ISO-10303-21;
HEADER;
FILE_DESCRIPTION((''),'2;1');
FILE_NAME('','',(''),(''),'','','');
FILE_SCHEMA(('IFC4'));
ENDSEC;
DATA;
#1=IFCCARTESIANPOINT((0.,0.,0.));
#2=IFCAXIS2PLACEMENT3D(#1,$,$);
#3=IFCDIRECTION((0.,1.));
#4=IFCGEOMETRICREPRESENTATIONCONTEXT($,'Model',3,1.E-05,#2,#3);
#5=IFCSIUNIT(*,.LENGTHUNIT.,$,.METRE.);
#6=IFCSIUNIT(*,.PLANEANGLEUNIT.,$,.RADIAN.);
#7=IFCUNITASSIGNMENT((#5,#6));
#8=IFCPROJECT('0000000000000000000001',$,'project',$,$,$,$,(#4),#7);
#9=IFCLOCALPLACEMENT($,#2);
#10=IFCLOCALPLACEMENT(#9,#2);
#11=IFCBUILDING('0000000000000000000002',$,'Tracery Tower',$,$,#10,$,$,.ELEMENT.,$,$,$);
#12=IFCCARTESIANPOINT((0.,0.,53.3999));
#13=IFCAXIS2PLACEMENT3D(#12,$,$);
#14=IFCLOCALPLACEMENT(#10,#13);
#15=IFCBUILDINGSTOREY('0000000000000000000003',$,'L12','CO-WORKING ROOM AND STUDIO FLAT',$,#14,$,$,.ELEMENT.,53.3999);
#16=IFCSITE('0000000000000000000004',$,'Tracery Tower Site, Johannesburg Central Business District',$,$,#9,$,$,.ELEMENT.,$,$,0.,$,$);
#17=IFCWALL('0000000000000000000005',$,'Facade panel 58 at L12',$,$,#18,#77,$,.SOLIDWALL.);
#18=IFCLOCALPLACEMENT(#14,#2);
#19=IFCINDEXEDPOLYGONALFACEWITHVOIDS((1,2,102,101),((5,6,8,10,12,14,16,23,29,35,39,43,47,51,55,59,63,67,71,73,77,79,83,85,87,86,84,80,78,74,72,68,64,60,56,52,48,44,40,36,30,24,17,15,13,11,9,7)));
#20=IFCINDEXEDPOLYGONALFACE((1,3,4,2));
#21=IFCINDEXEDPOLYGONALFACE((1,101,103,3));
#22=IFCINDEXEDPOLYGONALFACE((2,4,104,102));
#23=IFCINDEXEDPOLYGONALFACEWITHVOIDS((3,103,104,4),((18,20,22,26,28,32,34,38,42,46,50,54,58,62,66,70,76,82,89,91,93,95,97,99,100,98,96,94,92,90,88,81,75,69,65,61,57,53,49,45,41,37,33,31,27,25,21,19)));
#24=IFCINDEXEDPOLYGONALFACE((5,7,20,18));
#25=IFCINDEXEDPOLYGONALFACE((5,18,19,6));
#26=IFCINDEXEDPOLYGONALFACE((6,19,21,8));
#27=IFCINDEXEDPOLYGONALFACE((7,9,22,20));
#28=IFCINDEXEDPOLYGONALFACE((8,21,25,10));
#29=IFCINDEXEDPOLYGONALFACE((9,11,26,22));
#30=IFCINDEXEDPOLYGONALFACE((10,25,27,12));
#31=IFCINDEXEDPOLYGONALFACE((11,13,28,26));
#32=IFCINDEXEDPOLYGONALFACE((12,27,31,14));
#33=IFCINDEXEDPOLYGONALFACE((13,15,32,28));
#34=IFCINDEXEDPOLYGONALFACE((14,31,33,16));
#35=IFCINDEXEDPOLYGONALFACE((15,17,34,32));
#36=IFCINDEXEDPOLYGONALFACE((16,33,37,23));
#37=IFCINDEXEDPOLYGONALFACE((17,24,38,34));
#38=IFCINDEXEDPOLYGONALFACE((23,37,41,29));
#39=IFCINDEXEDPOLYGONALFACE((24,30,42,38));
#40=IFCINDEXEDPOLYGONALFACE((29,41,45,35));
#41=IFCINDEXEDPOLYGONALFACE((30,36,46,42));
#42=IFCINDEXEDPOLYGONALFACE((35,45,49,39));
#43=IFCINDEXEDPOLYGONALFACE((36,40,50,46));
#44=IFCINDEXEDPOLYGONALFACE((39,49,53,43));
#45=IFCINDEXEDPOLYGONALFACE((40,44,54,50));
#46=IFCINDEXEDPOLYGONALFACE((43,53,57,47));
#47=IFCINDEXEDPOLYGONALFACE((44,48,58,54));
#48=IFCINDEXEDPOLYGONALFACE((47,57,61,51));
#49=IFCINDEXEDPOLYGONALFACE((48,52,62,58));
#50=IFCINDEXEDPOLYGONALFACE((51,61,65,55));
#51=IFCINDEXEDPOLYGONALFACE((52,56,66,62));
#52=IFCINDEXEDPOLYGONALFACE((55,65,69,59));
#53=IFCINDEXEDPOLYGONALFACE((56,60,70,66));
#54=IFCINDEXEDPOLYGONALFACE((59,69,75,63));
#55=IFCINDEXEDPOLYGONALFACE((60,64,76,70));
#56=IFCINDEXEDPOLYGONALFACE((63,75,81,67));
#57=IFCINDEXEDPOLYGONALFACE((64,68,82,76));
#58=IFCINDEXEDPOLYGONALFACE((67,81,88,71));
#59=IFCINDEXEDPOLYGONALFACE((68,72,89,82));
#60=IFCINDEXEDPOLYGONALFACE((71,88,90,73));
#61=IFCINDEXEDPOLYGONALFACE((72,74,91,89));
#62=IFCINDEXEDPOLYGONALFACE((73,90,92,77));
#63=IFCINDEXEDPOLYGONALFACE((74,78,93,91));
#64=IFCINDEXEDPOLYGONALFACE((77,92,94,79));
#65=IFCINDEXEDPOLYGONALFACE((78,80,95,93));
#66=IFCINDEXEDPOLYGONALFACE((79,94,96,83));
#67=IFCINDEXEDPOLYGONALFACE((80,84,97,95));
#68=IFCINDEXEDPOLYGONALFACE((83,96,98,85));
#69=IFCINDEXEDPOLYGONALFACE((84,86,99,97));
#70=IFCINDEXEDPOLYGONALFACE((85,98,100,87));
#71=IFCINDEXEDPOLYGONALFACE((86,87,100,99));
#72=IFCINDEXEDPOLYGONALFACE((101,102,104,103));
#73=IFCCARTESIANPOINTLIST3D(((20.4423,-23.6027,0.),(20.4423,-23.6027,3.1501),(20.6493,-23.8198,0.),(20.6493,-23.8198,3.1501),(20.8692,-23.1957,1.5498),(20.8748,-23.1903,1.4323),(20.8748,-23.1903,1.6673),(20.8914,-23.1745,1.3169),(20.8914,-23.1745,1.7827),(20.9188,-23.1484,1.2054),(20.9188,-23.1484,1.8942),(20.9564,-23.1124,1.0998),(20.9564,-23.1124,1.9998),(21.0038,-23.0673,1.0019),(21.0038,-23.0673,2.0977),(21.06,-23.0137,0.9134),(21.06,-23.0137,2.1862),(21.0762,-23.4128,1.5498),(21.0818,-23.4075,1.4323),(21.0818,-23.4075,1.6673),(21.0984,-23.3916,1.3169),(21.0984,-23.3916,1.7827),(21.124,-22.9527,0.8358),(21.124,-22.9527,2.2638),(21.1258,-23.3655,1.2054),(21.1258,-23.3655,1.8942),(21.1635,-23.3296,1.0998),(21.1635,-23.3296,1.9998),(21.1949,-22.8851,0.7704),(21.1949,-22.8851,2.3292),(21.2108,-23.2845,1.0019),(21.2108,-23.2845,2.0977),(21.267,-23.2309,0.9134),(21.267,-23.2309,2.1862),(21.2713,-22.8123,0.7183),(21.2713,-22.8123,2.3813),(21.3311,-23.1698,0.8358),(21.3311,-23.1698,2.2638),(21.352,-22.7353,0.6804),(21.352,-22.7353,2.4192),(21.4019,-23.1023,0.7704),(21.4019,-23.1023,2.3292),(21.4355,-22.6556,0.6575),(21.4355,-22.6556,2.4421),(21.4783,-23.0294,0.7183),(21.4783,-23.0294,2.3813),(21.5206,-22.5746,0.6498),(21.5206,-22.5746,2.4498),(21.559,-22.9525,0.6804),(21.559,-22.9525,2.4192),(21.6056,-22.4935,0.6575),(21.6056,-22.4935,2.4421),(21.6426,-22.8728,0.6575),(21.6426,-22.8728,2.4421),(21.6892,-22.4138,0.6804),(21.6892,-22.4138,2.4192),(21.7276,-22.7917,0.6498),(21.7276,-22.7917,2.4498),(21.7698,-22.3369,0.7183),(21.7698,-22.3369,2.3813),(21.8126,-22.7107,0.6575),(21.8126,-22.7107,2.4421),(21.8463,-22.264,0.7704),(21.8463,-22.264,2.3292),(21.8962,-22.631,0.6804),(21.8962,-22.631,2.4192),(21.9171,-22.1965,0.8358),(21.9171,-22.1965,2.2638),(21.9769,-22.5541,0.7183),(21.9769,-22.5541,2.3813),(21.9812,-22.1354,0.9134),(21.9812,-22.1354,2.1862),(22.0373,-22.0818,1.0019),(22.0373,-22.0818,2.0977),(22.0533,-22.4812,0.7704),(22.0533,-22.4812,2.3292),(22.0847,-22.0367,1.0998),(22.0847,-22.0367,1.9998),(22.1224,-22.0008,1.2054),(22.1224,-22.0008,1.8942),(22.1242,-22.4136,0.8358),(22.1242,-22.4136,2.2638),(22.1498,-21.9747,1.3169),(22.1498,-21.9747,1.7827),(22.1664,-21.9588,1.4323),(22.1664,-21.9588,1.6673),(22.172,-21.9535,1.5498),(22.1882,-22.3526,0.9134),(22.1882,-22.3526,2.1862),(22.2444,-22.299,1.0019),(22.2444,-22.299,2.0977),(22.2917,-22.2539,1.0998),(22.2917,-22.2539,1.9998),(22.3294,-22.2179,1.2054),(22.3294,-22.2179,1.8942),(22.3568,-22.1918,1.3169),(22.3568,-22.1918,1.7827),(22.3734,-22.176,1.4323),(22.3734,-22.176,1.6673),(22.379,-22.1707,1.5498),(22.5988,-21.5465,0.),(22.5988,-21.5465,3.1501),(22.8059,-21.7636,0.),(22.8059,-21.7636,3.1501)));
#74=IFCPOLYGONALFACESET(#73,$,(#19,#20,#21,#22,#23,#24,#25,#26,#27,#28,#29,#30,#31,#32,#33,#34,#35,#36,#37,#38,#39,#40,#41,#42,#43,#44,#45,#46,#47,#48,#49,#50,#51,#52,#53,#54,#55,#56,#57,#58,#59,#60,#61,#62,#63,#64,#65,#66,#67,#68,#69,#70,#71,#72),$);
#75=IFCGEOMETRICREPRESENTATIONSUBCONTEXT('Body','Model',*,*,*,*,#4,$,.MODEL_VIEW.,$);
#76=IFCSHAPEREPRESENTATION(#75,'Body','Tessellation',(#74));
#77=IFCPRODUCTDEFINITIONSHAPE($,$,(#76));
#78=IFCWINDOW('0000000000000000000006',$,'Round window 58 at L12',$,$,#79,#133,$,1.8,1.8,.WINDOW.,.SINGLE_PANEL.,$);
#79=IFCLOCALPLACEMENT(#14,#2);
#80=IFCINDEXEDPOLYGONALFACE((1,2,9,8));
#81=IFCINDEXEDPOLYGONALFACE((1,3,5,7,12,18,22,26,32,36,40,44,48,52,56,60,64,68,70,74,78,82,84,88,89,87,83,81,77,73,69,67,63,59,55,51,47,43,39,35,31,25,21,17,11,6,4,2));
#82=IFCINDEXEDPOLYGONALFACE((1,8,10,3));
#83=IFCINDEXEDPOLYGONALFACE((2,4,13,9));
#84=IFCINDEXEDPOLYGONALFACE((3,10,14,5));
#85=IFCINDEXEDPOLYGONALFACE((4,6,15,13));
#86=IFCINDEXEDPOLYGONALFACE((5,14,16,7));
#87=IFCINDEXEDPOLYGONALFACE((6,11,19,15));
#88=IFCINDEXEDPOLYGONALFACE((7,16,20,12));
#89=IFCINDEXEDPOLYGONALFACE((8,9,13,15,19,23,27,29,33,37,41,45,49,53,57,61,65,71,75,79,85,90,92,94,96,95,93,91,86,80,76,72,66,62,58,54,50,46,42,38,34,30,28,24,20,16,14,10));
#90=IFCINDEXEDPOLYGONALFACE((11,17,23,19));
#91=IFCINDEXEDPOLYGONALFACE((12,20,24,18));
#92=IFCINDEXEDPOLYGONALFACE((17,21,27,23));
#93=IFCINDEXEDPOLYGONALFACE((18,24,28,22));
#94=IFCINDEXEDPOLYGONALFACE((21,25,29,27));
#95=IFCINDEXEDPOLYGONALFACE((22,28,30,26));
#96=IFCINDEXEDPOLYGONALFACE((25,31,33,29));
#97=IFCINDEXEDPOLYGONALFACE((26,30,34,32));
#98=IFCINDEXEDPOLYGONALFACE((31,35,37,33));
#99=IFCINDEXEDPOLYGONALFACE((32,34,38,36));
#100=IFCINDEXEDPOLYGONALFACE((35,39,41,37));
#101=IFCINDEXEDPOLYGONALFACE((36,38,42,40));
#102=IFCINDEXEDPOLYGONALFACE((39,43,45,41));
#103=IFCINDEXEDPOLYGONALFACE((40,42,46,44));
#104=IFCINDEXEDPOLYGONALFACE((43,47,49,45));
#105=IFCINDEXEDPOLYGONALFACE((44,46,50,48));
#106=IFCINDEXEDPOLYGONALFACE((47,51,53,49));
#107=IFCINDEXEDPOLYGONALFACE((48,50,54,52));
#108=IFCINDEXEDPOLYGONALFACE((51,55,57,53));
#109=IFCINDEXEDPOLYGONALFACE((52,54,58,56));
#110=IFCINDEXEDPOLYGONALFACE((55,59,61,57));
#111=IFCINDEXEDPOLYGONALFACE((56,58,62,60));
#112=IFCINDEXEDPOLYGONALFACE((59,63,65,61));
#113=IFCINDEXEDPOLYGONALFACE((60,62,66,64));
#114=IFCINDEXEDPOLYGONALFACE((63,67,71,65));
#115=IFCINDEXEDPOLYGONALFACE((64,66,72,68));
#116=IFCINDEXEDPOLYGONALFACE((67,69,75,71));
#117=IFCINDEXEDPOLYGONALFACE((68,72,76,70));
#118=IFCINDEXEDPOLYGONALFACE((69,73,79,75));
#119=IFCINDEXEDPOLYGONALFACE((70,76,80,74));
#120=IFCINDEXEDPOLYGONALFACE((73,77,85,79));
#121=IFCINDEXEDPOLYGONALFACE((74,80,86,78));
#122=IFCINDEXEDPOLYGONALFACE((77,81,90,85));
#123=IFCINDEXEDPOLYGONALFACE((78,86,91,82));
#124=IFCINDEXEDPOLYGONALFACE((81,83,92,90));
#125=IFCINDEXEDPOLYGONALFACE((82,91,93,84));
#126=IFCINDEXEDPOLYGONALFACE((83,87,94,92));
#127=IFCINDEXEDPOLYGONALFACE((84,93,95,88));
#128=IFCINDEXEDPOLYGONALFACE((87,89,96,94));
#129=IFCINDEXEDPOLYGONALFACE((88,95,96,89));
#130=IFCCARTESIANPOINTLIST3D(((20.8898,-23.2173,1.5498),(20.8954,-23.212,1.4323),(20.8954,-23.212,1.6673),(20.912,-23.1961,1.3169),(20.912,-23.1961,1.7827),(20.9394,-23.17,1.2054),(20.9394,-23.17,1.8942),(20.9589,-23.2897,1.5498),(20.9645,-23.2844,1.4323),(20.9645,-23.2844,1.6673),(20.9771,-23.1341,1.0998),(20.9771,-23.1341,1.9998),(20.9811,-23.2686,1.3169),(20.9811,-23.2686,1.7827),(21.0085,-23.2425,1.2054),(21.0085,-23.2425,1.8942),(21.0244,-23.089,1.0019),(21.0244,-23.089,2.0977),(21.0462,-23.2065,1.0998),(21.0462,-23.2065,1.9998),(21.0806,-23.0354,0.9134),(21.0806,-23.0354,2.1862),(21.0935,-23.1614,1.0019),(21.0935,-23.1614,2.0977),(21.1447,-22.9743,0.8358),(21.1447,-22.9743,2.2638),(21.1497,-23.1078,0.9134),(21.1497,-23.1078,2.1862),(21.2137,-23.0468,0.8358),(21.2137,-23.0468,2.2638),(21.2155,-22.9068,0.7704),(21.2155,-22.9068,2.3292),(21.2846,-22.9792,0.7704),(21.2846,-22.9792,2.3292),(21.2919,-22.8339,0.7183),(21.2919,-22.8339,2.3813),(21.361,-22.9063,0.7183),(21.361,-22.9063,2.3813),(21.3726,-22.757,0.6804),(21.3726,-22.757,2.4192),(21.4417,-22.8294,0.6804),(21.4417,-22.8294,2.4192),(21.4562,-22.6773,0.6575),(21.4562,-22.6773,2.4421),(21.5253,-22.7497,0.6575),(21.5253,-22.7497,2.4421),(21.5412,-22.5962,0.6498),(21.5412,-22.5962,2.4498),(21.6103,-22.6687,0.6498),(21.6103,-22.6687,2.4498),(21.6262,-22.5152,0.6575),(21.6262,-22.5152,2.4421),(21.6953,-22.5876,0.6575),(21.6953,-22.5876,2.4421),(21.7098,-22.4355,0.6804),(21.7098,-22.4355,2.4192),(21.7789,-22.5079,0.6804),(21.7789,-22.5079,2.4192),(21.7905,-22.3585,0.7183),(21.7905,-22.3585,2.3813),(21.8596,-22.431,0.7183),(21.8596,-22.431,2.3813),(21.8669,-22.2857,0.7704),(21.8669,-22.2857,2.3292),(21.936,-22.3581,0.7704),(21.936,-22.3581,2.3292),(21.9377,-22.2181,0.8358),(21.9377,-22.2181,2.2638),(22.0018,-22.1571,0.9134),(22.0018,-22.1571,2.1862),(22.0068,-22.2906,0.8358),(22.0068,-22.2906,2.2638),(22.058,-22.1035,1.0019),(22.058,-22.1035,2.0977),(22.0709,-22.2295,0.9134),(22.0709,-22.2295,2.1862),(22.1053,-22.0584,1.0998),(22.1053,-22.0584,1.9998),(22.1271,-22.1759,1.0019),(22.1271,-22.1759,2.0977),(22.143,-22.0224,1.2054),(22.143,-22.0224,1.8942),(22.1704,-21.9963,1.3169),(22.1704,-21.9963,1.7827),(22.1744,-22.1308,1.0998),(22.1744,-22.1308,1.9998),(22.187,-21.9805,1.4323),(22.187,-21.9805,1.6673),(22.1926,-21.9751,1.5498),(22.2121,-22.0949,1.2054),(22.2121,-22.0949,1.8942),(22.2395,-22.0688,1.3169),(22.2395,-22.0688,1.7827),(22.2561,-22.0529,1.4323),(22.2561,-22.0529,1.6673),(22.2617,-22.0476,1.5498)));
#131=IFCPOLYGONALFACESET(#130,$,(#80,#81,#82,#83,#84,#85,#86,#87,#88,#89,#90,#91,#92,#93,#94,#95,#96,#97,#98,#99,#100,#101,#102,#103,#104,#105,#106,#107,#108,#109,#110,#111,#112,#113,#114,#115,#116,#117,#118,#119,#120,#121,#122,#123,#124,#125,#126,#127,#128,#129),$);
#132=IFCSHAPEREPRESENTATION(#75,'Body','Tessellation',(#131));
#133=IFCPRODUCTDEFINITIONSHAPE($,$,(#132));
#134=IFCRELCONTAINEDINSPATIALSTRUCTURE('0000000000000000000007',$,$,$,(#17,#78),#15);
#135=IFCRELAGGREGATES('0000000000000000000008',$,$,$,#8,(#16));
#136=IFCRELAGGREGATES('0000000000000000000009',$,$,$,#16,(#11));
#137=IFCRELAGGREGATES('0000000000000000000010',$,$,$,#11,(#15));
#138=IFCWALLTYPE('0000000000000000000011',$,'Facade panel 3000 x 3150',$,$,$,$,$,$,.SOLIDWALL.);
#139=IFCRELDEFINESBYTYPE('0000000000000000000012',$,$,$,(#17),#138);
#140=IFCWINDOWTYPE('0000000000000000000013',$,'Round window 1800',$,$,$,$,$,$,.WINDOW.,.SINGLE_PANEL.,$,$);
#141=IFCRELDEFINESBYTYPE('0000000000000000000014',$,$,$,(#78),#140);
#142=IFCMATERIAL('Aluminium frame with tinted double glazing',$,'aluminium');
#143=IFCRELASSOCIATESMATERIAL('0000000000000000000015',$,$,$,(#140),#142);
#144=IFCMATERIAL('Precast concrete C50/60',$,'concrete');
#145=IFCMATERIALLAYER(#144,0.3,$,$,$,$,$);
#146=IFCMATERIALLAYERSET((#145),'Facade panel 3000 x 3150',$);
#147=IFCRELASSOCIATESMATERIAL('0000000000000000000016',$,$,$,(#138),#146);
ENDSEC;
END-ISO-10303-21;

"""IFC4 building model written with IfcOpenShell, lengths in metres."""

from ifc_helpers import new_model, si_unit, direction, frame, frame_2d, origin, origin_2d, place, context, subcontext, project, spatial, rectangle, circle, extrude, material, layer, layer_set, type_object, element, fill, save


model = new_model("IFC4")

# Units and contexts
model_context = context("Model", 3, precision=1e-05, world=origin(), true_north=direction((0.0, 1.0)))
body_context = subcontext(model_context, "Body", "Model", "MODEL_VIEW")
ifc_project = project(units=[si_unit("LENGTHUNIT", "METRE"), si_unit("PLANEANGLEUNIT", "RADIAN")], contexts=[model_context])

# Site, building, storey
site_placement = place(None, origin())
site = spatial("IfcSite", under=ifc_project, at=site_placement, Name="Tracery Tower Site, Johannesburg Central Business District", CompositionType="ELEMENT", RefElevation=0.0)
building_placement = place(site_placement, origin())
building = spatial("IfcBuilding", under=site, at=building_placement, Name="Tracery Tower", CompositionType="ELEMENT")
storey_placement = place(building_placement, frame((0.0, 0.0, 53.3999)))
storey = spatial("IfcBuildingStorey", under=building, at=storey_placement, Name="L12", Description="CO-WORKING ROOM AND STUDIO FLAT", CompositionType="ELEMENT", Elevation=53.3999)

# Wall, opening, window
ifc_material_1 = material(Name="Aluminium frame with tinted double glazing", Category="aluminium")
window_type = type_object("IfcWindowType", Name="Round window 1800", PartitioningType="SINGLE_PANEL", PredefinedType="WINDOW", material=ifc_material_1)
ifc_material_2 = material(Name="Precast concrete C50/60", Category="concrete")
ifc_layer_1 = layer(ifc_material_2, 0.3)
ifc_layer_set_1 = layer_set([ifc_layer_1], Name="Facade panel 3000 x 3150")
wall_type_1 = type_object("IfcWallType", Name="Facade panel 3000 x 3150", PredefinedType="SOLIDWALL", material=ifc_layer_set_1)
wall_1_placement = place(storey_placement, frame((20.5459, -23.7112, 0.0), z_axis=(0.0, 0.0, 1.0), x_axis=(0.723744, 0.690068, 0.0)))
wall_1 = element("IfcWall", 1, at=wall_1_placement, inside=storey, type_object=wall_type_1, Name="Facade panel 58 at L12", PredefinedType="SOLIDWALL", context=body_context, shape_type="SweptSolid", body=[
    extrude(rectangle(XDim=2.9797, YDim=0.3, at=frame_2d((1.4897, 0.0))), origin(), (0.0, 0.0, 1.0), 3.1501),
])
opening_1_placement = place(wall_1_placement, frame((1.4897, 0.0, 1.5498)))
opening_1 = element("IfcOpeningElement", 2, at=opening_1_placement, cuts=wall_1, PredefinedType="OPENING", context=body_context, shape_type="SweptSolid", body=[
    extrude(circle(Radius=0.9, at=origin_2d()), frame((0.0, 0.1599, 0.0), z_axis=(0.0, -1.0, 0.0), x_axis=(1.0, 0.0, 0.0)), (0.0, 0.0, 1.0), 0.3201),
])
window_1_placement = place(opening_1_placement, origin())
window_1 = element("IfcWindow", 3, at=window_1_placement, inside=storey, type_object=window_type, Name="Round window 58 at L12", OverallHeight=1.8, OverallWidth=1.8, PartitioningType="SINGLE_PANEL", PredefinedType="WINDOW", context=body_context, shape_type="SweptSolid", body=[
    extrude(circle(Radius=0.9, at=origin_2d()), frame((0.0, 0.1201, 0.0), z_axis=(0.0, -1.0, 0.0), x_axis=(1.0, 0.0, 0.0)), (0.0, 0.0, 1.0), 0.1001),
])
fill(opening_1, window_1)

save(model, "model.ifc")
